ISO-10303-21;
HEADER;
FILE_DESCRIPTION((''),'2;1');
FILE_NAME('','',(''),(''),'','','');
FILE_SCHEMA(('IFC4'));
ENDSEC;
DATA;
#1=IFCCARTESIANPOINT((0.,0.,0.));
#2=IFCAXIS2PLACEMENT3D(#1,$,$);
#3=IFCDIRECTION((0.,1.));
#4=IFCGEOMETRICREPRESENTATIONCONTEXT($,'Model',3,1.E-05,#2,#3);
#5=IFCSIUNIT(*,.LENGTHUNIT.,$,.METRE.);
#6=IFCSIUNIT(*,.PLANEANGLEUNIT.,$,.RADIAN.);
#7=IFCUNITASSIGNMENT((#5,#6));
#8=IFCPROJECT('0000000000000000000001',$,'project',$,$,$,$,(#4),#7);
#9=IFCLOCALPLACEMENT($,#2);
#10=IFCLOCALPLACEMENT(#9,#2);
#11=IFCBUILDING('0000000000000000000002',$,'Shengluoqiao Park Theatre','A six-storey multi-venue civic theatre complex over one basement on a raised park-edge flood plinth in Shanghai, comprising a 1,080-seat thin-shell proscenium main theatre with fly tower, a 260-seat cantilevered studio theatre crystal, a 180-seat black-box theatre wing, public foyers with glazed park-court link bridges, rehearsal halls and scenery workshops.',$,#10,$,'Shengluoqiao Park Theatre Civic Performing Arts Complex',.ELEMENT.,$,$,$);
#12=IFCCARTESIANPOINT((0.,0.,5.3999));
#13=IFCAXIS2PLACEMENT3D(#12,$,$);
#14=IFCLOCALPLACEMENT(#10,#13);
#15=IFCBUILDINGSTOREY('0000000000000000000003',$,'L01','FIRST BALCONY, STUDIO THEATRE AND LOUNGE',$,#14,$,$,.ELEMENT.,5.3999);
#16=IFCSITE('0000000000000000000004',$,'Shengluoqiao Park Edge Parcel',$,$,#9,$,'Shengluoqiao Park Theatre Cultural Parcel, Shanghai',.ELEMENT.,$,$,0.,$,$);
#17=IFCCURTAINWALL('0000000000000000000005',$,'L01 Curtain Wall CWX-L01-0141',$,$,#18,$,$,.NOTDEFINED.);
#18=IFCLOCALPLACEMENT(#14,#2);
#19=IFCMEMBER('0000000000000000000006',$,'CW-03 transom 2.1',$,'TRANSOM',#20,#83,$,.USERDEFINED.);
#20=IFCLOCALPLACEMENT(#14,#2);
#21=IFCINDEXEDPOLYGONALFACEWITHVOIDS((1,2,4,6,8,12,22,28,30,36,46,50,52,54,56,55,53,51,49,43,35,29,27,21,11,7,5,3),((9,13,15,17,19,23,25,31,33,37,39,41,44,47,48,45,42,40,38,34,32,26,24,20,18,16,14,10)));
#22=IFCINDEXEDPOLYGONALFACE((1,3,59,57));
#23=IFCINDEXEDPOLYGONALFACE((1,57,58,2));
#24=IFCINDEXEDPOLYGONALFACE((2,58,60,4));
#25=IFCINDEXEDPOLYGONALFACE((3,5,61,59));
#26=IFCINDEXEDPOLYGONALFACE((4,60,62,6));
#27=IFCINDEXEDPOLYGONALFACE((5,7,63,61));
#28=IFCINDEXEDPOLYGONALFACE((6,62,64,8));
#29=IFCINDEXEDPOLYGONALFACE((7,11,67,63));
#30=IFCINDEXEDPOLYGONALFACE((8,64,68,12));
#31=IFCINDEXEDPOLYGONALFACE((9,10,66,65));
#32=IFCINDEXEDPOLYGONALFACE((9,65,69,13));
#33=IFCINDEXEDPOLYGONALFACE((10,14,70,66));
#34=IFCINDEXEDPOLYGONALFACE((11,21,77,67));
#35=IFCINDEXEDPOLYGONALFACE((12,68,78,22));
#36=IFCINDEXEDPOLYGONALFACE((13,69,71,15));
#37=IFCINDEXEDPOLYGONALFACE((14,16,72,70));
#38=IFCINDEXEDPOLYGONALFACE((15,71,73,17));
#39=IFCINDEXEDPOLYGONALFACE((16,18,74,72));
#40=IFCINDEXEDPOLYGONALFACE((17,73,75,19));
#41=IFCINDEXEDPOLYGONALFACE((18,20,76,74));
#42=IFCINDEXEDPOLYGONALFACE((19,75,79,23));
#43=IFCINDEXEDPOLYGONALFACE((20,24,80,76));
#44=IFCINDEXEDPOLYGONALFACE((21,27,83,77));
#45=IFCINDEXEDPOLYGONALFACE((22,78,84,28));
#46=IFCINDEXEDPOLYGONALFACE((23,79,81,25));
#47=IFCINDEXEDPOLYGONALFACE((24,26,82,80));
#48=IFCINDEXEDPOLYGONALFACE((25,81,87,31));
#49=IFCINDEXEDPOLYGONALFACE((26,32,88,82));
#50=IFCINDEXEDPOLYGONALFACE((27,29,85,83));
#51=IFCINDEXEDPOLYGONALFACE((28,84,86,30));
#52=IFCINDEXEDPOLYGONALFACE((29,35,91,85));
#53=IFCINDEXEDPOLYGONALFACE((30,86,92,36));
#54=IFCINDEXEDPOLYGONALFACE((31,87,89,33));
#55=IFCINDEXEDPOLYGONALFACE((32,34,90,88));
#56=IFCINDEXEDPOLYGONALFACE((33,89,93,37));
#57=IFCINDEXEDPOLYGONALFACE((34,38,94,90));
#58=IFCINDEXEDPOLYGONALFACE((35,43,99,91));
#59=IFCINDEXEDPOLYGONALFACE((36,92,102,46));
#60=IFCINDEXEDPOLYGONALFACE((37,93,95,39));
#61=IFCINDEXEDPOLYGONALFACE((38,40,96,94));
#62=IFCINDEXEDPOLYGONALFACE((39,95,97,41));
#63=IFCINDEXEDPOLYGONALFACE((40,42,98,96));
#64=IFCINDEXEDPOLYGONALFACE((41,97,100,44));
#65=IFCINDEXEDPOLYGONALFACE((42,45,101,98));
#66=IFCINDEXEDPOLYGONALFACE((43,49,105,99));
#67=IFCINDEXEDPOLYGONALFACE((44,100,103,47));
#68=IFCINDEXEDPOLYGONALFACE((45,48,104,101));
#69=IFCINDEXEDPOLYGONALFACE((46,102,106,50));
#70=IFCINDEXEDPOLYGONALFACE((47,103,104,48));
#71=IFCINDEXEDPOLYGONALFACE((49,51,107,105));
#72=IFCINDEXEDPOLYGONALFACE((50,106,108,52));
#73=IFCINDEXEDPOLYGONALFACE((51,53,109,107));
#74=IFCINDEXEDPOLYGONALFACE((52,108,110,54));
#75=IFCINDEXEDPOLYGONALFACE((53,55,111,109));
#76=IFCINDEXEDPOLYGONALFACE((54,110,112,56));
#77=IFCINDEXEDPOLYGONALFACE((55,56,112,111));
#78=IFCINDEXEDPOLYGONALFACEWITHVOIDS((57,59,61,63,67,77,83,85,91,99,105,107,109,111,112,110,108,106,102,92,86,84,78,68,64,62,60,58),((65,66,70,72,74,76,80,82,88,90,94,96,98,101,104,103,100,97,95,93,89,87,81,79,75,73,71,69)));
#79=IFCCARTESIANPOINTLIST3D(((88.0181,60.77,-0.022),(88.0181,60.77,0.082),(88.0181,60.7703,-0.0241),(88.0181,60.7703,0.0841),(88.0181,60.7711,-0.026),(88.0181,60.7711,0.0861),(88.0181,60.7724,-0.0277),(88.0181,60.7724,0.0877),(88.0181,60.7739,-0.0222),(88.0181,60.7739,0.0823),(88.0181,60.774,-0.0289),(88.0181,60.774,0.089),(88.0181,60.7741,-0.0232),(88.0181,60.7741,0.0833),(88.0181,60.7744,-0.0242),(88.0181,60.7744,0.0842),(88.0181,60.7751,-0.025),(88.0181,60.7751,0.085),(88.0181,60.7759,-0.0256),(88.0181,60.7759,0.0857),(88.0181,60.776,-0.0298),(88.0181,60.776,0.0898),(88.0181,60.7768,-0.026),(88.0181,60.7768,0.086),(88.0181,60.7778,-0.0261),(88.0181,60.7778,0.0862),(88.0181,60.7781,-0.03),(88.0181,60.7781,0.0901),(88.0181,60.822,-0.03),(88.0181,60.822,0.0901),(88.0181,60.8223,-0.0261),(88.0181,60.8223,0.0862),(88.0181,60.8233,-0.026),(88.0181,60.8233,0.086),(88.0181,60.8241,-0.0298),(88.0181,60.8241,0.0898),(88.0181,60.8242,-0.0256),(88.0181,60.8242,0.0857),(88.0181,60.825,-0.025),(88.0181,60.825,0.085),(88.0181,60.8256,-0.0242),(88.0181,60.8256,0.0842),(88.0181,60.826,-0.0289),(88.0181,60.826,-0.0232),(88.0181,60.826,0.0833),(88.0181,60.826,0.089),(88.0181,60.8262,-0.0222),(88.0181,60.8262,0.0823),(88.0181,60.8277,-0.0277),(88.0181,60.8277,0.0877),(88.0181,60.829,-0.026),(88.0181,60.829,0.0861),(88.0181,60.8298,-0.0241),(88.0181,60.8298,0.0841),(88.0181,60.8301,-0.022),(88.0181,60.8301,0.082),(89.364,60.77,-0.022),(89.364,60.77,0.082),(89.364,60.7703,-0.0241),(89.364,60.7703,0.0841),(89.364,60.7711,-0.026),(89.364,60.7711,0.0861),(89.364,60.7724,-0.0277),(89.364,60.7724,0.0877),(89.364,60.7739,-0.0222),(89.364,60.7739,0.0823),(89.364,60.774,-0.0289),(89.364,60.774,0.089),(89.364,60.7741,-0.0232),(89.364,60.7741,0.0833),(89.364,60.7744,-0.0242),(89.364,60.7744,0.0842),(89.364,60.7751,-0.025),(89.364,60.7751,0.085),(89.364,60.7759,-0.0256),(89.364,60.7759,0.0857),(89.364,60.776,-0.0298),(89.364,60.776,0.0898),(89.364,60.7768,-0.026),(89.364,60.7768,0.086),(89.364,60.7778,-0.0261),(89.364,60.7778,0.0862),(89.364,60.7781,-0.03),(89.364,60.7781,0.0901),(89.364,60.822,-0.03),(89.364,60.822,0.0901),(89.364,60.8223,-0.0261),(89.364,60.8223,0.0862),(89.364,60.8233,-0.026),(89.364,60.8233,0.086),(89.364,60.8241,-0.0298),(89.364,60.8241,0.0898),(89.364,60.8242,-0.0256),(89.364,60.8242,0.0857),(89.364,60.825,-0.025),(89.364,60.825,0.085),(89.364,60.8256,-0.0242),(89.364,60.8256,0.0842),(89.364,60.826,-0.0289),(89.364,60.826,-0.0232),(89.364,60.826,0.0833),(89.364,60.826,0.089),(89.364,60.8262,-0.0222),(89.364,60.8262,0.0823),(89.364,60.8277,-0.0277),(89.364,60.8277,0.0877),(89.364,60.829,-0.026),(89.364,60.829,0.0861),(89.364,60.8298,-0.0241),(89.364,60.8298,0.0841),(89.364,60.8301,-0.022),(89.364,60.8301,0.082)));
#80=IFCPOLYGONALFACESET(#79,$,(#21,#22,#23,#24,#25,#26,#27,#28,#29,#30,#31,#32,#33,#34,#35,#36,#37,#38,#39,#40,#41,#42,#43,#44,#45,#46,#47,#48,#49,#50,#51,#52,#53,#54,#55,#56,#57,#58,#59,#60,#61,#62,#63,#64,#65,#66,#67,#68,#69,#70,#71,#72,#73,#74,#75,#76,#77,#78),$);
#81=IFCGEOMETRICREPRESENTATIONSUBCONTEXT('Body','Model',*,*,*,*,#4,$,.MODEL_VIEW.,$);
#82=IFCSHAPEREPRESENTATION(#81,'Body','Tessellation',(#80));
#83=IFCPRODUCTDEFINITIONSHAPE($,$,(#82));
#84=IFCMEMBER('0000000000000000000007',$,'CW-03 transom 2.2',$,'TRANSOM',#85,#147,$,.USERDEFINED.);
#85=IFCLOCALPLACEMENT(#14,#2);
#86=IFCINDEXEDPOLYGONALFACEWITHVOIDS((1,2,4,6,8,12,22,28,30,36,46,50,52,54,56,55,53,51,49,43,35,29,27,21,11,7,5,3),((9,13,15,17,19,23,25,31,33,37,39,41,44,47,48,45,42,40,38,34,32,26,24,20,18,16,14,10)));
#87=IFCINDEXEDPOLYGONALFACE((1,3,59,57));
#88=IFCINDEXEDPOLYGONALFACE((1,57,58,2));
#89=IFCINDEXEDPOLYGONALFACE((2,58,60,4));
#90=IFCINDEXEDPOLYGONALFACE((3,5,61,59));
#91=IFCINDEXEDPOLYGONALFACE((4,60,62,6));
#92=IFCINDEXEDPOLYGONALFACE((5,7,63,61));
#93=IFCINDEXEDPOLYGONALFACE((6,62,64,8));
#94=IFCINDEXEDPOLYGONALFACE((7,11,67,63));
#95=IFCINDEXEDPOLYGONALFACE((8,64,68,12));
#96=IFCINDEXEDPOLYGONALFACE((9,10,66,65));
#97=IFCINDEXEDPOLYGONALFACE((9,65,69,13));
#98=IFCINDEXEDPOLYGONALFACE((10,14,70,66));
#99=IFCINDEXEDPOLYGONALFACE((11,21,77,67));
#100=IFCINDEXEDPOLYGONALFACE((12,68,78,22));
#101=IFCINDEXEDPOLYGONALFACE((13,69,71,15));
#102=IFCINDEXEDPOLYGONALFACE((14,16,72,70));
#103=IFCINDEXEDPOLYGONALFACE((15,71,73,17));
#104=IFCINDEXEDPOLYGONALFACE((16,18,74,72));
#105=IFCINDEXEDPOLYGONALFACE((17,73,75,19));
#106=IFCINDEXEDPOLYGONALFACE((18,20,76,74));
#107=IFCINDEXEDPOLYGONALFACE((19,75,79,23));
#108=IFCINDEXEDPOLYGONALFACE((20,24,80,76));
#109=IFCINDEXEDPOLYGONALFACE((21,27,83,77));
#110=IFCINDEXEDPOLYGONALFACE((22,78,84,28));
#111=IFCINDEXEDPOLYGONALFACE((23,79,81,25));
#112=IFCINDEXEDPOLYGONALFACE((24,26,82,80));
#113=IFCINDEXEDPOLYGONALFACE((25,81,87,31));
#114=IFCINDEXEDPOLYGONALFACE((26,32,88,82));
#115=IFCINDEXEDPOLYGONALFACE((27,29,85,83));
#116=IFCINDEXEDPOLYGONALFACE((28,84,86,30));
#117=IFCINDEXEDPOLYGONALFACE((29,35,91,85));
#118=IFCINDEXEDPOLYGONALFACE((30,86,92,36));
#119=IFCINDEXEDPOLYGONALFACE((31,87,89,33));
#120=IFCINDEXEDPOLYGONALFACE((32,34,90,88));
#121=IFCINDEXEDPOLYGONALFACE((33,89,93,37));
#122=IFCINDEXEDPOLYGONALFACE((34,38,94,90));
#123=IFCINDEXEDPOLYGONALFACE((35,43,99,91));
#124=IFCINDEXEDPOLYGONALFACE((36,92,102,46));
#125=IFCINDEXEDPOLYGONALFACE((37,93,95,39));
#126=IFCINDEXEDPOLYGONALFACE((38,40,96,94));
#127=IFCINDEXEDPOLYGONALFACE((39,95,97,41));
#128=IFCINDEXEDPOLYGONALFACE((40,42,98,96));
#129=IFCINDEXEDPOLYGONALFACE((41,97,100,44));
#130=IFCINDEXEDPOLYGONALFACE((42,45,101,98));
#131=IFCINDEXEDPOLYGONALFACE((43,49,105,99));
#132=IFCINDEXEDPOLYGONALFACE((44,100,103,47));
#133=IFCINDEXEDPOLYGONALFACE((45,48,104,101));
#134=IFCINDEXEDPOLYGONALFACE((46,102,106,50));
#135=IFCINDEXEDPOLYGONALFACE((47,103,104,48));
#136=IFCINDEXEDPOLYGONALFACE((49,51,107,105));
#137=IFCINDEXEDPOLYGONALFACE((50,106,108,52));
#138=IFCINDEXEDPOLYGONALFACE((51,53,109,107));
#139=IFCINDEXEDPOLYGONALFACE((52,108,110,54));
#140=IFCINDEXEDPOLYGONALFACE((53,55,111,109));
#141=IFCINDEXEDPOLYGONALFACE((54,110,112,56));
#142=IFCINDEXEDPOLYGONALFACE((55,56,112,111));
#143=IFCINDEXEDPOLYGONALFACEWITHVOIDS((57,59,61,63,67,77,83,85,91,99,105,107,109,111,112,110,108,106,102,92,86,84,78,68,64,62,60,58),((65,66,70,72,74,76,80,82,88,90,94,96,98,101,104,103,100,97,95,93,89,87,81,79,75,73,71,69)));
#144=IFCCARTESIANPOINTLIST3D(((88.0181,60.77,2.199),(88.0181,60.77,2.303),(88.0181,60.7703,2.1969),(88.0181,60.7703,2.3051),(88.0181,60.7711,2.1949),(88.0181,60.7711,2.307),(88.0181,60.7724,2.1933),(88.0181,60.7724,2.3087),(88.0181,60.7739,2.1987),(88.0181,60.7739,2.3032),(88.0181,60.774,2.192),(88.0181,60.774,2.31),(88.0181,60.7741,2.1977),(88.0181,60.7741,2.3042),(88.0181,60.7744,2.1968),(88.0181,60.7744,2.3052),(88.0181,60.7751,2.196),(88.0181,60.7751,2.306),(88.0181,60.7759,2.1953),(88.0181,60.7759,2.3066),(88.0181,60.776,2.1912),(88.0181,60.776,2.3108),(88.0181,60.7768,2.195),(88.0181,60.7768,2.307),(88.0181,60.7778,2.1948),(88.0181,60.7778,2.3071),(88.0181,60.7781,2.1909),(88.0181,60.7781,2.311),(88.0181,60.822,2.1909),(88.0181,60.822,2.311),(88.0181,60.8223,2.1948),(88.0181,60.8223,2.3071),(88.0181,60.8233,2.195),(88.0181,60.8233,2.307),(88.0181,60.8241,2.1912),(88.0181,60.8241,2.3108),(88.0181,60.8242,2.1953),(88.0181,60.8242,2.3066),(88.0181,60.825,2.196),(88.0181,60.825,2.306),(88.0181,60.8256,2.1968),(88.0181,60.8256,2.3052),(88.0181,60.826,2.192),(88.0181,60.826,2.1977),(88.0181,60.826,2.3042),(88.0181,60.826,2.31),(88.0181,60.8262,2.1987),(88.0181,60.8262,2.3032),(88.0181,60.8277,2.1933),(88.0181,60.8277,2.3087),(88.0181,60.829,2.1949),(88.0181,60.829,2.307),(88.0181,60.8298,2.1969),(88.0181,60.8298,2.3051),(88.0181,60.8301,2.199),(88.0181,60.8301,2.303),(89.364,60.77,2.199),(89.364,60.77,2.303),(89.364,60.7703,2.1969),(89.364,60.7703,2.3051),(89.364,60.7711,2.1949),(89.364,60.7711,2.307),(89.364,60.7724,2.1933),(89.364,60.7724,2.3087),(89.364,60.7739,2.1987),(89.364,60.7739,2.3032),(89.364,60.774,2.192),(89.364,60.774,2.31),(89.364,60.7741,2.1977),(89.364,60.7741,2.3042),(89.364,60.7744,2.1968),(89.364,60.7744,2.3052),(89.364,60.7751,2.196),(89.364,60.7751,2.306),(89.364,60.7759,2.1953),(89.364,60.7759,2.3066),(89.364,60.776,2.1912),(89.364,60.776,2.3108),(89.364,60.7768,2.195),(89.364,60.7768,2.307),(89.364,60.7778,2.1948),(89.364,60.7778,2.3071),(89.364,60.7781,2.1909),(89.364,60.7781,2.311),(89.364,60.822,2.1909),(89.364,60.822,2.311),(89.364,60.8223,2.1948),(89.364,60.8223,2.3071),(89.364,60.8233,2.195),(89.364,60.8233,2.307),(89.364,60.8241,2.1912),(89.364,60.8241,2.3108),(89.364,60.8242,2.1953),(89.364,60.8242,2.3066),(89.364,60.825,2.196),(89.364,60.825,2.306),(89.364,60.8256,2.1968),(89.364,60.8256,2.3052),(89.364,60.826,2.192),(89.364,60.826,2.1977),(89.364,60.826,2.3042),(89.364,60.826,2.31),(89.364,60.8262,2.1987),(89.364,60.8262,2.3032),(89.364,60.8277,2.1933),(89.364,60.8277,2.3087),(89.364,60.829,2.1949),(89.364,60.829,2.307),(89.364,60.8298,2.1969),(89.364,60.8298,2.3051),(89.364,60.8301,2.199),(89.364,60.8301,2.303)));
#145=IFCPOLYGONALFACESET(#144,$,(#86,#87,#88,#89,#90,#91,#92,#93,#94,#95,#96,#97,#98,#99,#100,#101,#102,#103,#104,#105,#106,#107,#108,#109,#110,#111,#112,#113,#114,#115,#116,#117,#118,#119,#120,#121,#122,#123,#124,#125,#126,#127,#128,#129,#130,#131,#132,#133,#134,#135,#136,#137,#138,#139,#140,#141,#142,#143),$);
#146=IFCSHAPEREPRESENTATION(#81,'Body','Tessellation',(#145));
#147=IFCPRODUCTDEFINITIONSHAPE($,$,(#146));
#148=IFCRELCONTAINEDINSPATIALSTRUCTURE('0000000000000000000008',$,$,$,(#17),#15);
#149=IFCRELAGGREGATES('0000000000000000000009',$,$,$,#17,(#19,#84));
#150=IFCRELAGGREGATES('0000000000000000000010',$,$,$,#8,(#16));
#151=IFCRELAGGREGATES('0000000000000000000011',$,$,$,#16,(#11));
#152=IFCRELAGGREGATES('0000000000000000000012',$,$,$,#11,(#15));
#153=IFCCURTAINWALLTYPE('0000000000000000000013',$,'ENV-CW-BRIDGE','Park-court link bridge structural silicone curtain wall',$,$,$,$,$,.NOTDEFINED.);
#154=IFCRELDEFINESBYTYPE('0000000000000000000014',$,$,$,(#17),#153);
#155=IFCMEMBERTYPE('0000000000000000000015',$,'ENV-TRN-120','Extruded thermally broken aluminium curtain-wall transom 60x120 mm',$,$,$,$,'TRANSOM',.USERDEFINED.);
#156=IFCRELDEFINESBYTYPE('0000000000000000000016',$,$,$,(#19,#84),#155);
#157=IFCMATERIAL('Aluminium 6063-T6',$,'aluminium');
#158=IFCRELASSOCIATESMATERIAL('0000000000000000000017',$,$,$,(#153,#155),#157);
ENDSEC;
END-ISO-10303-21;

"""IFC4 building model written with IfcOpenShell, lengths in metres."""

from ifc_helpers import new_model, si_unit, direction, frame, origin, origin_2d, place, context, subcontext, project, spatial, hollow_rectangle, extrude, material, material_profile, profile_set, type_object, element, aggregate, save


model = new_model("IFC4")

# Units and contexts
model_context = context("Model", 3, precision=1e-05, world=origin(), true_north=direction((0.0, 1.0)))
body_context = subcontext(model_context, "Body", "Model", "MODEL_VIEW")
ifc_project = project(units=[si_unit("LENGTHUNIT", "METRE"), si_unit("PLANEANGLEUNIT", "RADIAN")], contexts=[model_context])

# Site, building, storey
site_placement = place(None, origin())
site = spatial("IfcSite", under=ifc_project, at=site_placement, Name="Shengluoqiao Park Edge Parcel", LongName="Shengluoqiao Park Theatre Cultural Parcel, Shanghai", CompositionType="ELEMENT", RefElevation=0.0)
building_placement = place(site_placement, origin())
building = spatial("IfcBuilding", under=site, at=building_placement, Name="Shengluoqiao Park Theatre", Description="A six-storey multi-venue civic theatre complex over one basement on a raised park-edge flood plinth in Shanghai, comprising a 1,080-seat thin-shell proscenium main theatre with fly tower, a 260-seat cantilevered studio theatre crystal, a 180-seat black-box theatre wing, public foyers with glazed park-court link bridges, rehearsal halls and scenery workshops.", LongName="Shengluoqiao Park Theatre Civic Performing Arts Complex", CompositionType="ELEMENT")
storey_placement = place(building_placement, frame((0.0, 0.0, 5.3999)))
storey = spatial("IfcBuildingStorey", under=building, at=storey_placement, Name="L01", Description="FIRST BALCONY, STUDIO THEATRE AND LOUNGE", CompositionType="ELEMENT", Elevation=5.3999)

# Shared definitions
ifc_material_1 = material(Name="Aluminium 6063-T6", Category="aluminium")
curtain_wall_type = type_object("IfcCurtainWallType", Name="ENV-CW-BRIDGE", Description="Park-court link bridge structural silicone curtain wall", PredefinedType="NOTDEFINED", material=ifc_material_1)

# Curtain wall
curtain_wall_1_placement = place(storey_placement, origin())
curtain_wall_1 = element("IfcCurtainWall", 1, at=curtain_wall_1_placement, inside=storey, type_object=curtain_wall_type, Name="L01 Curtain Wall CWX-L01-0141", PredefinedType="NOTDEFINED")

# Members
ifc_material_profile_1 = material_profile(ifc_material_1, hollow_rectangle(XDim=0.0601, YDim=0.1201, WallThickness=0.0039, InnerFilletRadius=0.0039, OuterFilletRadius=0.0081, at=origin_2d()), Name="ALU TRANSOM 120x60x4")
ifc_profile_set_1 = profile_set([ifc_material_profile_1], Name="Aluminium 6063-T6")
member_type_1 = type_object("IfcMemberType", Name="ENV-TRN-120", Description="Extruded thermally broken aluminium curtain-wall transom 60x120 mm", ElementType="TRANSOM", PredefinedType="USERDEFINED", material=ifc_profile_set_1)
member_1_placement = place(storey_placement, frame((88.0181, 60.8, 0.03), z_axis=(1.0, 0.0, 0.0), x_axis=(0.0, 1.0, 0.0)))
member_1 = element("IfcMember", 2, at=member_1_placement, type_object=member_type_1, Name="CW-03 transom 2.1", ObjectType="TRANSOM", PredefinedType="USERDEFINED", context=body_context, shape_type="SweptSolid", body=[
    extrude(hollow_rectangle(XDim=0.0601, YDim=0.1201, WallThickness=0.0039, InnerFilletRadius=0.0039, OuterFilletRadius=0.0081, at=origin_2d()), origin(), (0.0, 0.0, 1.0), 1.3459),
])
member_2_placement = place(storey_placement, frame((88.0181, 60.8, 2.251), z_axis=(1.0, 0.0, 0.0), x_axis=(0.0, 1.0, 0.0)))
member_2 = element("IfcMember", 3, at=member_2_placement, type_object=member_type_1, Name="CW-03 transom 2.2", ObjectType="TRANSOM", PredefinedType="USERDEFINED", context=body_context, shape_type="SweptSolid", body=[
    extrude(hollow_rectangle(XDim=0.0601, YDim=0.1201, WallThickness=0.0039, InnerFilletRadius=0.0039, OuterFilletRadius=0.0081, at=origin_2d()), origin(), (0.0, 0.0, 1.0), 1.3459),
])

aggregate(curtain_wall_1, [member_1, member_2])

save(model, "model.ifc")
